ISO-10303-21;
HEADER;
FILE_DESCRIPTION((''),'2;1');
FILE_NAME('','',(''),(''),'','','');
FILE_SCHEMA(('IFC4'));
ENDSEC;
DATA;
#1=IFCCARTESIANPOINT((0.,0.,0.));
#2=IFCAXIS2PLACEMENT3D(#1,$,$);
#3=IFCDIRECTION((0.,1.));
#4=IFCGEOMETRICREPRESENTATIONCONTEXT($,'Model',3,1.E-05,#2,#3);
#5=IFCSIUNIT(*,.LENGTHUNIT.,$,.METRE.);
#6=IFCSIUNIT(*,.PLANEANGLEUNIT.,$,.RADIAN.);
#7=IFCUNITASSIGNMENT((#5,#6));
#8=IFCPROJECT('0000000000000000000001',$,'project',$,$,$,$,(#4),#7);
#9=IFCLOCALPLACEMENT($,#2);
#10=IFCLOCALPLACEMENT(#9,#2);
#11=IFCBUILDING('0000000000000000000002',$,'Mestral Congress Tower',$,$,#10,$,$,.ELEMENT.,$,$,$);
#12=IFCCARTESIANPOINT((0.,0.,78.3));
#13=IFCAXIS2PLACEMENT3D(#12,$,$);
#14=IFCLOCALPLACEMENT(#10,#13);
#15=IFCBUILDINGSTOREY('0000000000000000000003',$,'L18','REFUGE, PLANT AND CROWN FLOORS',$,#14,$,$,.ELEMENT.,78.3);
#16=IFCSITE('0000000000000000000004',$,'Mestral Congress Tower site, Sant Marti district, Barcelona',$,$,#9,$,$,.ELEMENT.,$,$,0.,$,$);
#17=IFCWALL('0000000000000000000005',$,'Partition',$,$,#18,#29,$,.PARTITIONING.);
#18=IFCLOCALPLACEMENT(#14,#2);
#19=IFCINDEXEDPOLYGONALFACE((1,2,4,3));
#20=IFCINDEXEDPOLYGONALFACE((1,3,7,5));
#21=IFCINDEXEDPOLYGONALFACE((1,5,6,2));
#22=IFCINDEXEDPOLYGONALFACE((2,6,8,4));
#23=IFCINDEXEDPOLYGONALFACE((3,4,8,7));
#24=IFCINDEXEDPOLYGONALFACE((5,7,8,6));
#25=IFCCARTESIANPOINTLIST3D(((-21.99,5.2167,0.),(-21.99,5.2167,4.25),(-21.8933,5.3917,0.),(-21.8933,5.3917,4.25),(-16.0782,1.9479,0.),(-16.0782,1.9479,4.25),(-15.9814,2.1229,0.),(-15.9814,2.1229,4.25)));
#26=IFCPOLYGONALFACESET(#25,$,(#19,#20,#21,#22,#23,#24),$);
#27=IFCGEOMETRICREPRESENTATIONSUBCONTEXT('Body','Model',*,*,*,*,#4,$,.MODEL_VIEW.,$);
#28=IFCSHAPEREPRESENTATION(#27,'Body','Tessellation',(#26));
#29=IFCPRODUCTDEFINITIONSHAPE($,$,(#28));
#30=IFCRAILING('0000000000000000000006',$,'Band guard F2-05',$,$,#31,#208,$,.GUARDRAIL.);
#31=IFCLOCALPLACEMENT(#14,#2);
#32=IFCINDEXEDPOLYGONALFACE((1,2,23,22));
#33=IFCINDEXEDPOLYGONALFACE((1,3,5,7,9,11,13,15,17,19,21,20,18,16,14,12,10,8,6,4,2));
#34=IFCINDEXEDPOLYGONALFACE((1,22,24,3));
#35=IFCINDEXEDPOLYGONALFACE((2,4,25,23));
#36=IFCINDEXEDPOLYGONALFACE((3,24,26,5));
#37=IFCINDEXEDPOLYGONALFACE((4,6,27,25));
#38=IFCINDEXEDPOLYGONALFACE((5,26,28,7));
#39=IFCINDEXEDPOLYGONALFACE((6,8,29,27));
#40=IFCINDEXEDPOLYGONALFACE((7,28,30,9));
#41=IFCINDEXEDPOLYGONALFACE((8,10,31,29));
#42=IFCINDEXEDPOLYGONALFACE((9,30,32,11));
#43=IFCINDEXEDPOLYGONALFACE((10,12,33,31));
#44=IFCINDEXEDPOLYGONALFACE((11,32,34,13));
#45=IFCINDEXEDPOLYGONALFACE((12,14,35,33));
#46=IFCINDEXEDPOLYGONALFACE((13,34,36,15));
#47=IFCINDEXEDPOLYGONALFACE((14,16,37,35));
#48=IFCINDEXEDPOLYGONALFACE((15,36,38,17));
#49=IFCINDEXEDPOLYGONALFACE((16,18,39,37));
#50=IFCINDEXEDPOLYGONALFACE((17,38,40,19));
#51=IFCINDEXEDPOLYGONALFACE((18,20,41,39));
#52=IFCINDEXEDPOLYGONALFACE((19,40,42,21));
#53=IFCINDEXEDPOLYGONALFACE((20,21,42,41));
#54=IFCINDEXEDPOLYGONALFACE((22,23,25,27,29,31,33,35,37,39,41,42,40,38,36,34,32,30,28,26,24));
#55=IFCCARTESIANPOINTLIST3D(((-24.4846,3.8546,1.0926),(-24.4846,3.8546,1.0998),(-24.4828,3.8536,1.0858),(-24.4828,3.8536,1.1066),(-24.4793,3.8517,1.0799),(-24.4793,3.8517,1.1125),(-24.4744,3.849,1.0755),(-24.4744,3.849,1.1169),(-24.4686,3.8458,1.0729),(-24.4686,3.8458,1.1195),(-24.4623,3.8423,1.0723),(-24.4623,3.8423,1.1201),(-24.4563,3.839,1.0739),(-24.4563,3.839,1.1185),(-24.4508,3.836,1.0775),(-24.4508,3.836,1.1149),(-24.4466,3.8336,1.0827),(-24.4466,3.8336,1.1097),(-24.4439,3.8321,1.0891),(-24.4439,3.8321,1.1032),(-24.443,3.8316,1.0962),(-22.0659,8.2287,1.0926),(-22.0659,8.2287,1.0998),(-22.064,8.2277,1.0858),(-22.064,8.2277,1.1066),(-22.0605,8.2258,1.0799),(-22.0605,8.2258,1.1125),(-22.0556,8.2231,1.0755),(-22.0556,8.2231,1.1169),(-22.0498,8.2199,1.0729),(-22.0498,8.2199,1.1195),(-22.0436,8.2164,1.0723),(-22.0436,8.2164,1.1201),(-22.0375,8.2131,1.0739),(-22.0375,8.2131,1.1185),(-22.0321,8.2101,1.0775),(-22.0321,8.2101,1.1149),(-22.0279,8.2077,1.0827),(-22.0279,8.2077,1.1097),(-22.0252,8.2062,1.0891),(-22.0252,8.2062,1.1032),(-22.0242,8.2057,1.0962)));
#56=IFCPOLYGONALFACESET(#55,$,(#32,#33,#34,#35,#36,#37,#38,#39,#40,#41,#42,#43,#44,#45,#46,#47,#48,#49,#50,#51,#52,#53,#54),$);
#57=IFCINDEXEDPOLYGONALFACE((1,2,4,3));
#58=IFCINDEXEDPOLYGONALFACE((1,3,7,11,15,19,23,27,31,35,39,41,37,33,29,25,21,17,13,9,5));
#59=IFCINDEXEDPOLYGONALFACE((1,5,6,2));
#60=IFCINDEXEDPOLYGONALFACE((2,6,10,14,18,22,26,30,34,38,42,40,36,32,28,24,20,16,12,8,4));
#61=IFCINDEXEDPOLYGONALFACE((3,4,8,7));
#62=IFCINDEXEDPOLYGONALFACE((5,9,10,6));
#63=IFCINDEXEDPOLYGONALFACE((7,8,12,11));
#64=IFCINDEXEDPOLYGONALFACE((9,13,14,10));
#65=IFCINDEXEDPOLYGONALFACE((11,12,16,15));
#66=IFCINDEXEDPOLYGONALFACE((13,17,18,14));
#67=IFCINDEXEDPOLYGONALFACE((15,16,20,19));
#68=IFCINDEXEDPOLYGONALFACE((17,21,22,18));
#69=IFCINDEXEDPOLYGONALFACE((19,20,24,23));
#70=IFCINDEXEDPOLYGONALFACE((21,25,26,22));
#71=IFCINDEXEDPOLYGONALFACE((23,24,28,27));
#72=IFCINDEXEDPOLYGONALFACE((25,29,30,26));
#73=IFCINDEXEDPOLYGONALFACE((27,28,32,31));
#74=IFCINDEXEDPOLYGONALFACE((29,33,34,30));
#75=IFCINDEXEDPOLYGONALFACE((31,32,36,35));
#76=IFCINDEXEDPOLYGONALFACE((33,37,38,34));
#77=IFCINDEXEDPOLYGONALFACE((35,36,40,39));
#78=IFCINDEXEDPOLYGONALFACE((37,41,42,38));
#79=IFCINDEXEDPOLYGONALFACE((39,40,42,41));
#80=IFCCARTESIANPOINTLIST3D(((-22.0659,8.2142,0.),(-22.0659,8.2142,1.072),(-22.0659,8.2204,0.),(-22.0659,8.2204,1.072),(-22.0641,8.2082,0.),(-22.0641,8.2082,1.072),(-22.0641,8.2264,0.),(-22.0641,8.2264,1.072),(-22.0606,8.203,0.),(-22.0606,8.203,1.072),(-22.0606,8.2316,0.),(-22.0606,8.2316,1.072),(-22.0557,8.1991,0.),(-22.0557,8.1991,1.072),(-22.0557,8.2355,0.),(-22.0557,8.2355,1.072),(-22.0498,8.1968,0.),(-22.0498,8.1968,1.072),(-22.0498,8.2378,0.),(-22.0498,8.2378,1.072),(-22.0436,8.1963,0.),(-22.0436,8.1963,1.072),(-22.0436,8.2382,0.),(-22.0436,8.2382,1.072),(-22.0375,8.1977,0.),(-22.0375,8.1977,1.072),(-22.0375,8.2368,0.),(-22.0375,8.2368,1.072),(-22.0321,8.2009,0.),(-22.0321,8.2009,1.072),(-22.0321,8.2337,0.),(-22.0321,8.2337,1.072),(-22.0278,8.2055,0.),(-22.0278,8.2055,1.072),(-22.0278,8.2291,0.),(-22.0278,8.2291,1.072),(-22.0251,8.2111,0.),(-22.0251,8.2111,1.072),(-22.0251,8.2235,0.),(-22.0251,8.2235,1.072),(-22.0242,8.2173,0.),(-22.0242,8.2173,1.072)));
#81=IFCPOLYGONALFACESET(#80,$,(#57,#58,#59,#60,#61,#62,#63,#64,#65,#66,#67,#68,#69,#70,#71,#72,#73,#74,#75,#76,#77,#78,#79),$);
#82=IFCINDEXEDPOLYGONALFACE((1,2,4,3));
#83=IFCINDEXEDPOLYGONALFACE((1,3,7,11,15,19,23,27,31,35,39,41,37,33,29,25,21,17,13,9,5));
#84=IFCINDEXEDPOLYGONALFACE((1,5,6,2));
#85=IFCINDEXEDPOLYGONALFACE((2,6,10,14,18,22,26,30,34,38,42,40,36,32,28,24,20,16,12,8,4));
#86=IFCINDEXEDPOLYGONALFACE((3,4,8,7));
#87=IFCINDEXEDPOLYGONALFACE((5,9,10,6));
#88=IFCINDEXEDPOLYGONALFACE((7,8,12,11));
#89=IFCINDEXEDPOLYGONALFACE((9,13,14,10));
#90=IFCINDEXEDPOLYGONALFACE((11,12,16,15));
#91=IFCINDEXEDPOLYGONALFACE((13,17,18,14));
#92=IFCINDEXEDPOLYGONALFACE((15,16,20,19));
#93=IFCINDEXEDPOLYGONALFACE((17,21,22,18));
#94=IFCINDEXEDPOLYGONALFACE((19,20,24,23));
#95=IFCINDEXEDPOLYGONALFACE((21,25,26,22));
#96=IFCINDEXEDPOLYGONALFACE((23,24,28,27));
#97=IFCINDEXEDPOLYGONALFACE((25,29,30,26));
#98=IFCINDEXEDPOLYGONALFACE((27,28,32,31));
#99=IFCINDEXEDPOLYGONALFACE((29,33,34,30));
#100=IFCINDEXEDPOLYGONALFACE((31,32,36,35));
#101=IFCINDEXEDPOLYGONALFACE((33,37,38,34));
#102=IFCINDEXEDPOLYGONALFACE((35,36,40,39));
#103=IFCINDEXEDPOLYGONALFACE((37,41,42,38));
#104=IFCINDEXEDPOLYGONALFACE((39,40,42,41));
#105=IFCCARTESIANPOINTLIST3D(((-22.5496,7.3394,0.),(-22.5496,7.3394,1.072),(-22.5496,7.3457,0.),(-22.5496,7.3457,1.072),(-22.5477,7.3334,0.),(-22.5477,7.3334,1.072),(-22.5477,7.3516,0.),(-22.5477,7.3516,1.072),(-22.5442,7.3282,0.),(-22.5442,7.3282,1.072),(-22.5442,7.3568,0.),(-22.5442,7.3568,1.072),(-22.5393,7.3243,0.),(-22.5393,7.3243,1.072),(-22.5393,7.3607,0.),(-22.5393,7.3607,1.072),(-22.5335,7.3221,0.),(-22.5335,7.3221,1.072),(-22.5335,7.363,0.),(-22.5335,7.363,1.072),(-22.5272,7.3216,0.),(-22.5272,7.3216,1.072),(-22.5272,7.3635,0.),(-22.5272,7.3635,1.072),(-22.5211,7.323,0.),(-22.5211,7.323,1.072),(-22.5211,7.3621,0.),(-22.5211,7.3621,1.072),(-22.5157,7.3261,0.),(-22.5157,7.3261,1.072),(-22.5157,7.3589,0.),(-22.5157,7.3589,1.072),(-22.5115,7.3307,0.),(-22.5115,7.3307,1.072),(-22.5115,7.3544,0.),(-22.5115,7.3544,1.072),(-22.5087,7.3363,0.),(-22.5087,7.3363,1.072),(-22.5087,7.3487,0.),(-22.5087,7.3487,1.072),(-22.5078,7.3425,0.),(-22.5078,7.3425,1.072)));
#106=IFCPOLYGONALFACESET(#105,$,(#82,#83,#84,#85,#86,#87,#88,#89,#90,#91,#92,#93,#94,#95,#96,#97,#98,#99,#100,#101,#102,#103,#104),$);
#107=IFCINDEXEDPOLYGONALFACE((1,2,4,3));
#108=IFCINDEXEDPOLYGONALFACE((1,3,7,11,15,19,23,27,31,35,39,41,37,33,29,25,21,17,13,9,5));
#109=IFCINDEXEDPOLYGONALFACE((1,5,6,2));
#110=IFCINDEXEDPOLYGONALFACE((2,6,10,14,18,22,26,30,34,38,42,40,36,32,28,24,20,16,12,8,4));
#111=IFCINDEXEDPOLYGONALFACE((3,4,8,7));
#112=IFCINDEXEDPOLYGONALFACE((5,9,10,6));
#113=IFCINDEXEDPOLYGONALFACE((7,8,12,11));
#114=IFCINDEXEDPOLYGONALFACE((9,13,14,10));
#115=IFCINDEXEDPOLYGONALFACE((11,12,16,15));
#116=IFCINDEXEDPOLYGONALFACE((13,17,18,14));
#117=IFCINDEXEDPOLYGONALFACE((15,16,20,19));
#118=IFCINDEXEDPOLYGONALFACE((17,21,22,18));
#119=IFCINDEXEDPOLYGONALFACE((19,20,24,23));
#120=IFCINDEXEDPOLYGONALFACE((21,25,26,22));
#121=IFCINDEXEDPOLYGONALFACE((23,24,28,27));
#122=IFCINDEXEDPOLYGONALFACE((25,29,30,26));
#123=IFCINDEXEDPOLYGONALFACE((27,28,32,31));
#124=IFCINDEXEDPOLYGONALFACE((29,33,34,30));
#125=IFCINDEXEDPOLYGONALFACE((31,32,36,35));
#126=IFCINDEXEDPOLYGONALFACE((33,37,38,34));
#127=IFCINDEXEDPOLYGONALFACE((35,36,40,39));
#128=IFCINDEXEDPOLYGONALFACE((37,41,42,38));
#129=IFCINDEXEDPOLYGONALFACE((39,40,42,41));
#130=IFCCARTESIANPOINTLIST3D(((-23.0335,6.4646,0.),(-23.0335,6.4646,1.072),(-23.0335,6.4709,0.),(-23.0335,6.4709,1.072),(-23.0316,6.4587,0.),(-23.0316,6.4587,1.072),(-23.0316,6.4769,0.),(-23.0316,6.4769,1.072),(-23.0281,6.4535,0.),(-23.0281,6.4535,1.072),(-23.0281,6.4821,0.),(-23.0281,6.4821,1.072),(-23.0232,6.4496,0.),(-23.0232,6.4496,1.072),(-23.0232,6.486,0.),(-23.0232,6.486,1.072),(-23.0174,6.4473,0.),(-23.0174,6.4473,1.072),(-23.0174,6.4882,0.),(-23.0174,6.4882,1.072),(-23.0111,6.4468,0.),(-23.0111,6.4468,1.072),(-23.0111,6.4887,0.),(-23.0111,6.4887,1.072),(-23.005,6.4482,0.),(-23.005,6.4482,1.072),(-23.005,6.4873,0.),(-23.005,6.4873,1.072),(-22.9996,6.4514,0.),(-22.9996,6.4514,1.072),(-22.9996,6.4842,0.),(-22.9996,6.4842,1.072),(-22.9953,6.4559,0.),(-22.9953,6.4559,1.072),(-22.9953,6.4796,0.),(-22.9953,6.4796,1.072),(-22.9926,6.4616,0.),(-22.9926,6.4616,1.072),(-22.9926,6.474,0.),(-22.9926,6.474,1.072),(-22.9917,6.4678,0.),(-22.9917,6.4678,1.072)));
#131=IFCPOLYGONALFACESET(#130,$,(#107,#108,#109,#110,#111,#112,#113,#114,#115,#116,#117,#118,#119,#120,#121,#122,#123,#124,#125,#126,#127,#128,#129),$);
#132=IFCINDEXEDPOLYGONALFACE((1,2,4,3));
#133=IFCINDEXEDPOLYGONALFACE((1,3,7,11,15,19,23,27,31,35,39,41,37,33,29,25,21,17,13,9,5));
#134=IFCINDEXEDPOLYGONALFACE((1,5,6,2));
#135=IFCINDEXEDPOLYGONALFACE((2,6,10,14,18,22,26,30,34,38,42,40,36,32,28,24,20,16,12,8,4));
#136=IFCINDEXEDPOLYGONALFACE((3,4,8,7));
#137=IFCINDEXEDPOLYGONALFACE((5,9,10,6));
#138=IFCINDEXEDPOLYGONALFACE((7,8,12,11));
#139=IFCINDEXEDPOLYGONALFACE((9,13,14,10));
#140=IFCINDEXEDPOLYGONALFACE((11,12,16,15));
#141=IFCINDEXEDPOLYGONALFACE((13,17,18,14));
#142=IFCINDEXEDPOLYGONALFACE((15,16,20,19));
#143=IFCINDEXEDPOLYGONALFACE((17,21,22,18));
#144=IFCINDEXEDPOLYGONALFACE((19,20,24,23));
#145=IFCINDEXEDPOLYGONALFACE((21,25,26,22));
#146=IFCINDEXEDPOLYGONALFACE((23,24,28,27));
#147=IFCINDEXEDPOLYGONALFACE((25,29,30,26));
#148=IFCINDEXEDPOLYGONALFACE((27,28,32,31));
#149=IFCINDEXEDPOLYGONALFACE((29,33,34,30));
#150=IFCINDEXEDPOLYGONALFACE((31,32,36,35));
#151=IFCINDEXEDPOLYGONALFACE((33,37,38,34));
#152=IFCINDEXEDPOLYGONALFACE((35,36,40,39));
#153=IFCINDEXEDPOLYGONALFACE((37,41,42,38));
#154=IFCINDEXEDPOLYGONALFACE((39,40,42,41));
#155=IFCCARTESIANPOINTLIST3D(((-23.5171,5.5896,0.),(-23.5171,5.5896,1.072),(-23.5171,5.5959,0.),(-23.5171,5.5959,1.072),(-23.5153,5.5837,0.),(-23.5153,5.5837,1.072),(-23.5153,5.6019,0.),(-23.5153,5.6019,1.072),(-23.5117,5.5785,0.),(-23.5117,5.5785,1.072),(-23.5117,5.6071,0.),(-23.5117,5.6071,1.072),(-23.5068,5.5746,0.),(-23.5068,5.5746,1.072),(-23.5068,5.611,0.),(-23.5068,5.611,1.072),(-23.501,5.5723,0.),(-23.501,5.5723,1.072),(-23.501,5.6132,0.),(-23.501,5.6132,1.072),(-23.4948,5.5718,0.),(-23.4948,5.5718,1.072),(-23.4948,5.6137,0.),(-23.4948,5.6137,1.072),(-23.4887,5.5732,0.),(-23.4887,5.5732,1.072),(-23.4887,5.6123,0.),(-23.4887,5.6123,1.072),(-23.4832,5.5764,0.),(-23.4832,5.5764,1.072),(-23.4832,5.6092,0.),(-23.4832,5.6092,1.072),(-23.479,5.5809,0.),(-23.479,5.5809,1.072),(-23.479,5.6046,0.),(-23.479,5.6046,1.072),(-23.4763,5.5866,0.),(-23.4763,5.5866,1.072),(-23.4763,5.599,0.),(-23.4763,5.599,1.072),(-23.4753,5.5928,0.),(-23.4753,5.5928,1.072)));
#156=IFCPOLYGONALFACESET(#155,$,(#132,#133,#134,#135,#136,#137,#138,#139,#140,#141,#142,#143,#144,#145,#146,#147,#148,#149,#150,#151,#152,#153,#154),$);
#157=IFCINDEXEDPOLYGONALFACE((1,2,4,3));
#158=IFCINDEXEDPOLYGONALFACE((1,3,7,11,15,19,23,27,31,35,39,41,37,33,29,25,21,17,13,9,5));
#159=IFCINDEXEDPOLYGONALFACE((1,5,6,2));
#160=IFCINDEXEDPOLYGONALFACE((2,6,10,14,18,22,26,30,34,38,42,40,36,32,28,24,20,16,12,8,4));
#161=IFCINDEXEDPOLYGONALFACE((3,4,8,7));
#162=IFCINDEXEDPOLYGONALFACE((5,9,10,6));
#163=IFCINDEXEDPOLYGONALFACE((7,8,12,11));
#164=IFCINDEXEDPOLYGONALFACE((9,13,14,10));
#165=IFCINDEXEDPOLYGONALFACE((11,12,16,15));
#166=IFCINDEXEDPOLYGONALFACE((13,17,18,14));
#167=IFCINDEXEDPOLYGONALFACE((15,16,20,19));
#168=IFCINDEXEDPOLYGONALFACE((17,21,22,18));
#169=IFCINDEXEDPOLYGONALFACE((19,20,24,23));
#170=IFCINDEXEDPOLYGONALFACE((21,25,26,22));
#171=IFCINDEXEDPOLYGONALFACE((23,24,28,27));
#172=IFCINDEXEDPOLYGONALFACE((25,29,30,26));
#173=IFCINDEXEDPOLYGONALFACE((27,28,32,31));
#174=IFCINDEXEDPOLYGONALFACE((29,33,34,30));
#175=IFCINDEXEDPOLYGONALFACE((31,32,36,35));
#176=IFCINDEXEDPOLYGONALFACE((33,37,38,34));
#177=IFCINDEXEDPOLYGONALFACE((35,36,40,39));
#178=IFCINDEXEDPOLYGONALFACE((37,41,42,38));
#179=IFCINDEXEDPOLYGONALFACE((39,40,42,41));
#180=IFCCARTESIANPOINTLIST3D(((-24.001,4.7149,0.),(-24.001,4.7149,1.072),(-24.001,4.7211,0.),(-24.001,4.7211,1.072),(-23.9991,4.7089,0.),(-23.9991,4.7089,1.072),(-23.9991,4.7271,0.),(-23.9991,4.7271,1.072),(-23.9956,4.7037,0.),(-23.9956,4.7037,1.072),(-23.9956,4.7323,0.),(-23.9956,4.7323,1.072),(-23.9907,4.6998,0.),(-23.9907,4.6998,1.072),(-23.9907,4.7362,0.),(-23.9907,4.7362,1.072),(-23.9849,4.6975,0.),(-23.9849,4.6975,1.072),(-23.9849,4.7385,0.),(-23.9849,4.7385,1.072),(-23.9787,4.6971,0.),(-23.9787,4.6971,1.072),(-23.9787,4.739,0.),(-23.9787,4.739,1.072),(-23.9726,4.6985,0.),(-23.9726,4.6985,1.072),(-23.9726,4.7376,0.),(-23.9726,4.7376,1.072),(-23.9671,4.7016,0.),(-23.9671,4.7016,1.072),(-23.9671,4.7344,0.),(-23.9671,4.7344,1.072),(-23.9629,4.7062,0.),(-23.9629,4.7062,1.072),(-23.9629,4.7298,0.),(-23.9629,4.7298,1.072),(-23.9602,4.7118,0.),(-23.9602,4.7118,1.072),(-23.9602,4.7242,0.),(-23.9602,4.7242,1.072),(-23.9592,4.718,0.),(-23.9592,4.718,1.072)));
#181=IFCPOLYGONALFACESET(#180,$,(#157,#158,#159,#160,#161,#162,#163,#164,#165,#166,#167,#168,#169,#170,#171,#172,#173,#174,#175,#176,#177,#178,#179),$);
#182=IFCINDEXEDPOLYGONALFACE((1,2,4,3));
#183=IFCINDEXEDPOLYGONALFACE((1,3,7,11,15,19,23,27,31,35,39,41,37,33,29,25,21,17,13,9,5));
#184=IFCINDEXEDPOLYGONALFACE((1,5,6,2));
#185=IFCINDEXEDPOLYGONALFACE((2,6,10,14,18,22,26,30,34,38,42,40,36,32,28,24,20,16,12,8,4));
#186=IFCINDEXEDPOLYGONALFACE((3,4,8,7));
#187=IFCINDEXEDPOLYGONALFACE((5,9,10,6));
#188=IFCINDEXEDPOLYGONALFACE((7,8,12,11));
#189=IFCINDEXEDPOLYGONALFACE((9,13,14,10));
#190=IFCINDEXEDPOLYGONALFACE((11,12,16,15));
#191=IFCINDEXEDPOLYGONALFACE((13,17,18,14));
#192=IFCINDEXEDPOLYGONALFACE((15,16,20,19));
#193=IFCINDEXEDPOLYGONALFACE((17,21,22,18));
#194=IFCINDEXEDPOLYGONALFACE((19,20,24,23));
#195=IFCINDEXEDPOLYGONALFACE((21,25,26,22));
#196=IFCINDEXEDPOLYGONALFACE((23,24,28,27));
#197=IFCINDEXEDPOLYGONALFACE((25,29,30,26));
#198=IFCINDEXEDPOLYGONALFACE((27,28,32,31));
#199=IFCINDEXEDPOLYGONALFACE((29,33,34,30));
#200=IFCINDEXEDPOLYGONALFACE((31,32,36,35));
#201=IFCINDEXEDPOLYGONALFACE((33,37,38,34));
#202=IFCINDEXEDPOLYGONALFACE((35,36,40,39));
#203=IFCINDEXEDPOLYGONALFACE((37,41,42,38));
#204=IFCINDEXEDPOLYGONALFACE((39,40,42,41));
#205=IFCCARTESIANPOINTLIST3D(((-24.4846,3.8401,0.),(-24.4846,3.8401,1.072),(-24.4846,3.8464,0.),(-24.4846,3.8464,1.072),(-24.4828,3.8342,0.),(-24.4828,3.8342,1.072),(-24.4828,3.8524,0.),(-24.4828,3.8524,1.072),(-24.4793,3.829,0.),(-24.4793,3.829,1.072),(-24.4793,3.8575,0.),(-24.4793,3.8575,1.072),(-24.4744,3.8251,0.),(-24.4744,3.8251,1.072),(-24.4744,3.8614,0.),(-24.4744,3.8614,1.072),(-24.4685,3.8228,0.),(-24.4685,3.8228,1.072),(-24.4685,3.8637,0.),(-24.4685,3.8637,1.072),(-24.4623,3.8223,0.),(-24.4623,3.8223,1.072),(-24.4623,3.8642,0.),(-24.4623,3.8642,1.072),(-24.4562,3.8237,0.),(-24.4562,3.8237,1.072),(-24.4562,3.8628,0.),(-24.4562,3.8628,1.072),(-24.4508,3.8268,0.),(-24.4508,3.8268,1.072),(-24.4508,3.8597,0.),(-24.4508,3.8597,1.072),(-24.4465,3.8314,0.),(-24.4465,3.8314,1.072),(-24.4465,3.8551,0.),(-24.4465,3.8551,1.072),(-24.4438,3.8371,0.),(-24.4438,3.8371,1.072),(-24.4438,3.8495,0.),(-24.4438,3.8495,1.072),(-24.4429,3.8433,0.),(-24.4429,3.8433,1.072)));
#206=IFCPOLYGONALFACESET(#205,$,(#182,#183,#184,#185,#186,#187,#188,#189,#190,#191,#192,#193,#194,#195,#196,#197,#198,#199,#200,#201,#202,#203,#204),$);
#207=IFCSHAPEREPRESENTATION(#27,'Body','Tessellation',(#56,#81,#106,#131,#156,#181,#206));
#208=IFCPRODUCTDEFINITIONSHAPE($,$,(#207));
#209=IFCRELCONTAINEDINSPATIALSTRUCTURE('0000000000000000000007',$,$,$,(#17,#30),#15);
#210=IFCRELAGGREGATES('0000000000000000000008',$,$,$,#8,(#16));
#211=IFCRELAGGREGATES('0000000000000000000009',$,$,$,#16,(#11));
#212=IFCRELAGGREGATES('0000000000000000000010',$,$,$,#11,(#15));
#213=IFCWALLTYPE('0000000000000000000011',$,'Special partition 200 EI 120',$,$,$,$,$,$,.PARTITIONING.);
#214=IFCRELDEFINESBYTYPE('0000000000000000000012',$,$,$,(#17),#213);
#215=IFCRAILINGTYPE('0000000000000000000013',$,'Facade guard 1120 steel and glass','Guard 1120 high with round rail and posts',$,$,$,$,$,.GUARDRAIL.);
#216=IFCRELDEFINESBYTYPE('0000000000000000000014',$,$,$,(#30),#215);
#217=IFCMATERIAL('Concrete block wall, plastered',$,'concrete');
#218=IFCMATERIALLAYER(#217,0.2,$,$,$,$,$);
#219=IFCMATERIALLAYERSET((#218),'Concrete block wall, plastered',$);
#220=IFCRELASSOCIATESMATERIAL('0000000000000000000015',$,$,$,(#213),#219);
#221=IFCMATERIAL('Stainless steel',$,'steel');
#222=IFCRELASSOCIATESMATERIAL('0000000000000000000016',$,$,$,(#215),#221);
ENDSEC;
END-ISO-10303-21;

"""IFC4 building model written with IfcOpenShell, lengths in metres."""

from ifc_helpers import new_model, si_unit, direction, frame, frame_2d, origin, origin_2d, place, context, subcontext, project, spatial, rectangle, circle, extrude, material, layer, layer_set, type_object, element, save


model = new_model("IFC4")

# Units and contexts
model_context = context("Model", 3, precision=1e-05, world=origin(), true_north=direction((0.0, 1.0)))
body_context = subcontext(model_context, "Body", "Model", "MODEL_VIEW")
ifc_project = project(units=[si_unit("LENGTHUNIT", "METRE"), si_unit("PLANEANGLEUNIT", "RADIAN")], contexts=[model_context])

# Site, building, storey
site_placement = place(None, origin())
site = spatial("IfcSite", under=ifc_project, at=site_placement, Name="Mestral Congress Tower site, Sant Marti district, Barcelona", CompositionType="ELEMENT", RefElevation=0.0)
building_placement = place(site_placement, origin())
building = spatial("IfcBuilding", under=site, at=building_placement, Name="Mestral Congress Tower", CompositionType="ELEMENT")
storey_placement = place(building_placement, frame((0.0, 0.0, 78.3)))
storey = spatial("IfcBuildingStorey", under=building, at=storey_placement, Name="L18", Description="REFUGE, PLANT AND CROWN FLOORS", CompositionType="ELEMENT", Elevation=78.3)

# Wall
ifc_material_1 = material(Name="Concrete block wall, plastered", Category="concrete")
ifc_layer_1 = layer(ifc_material_1, 0.2)
ifc_layer_set_1 = layer_set([ifc_layer_1], Name="Concrete block wall, plastered")
wall_type = type_object("IfcWallType", Name="Special partition 200 EI 120", PredefinedType="PARTITIONING", material=ifc_layer_set_1)
wall_placement = place(storey_placement, frame((-21.9417, 5.3042, 0.0), z_axis=(0.0, 0.0, 1.0), x_axis=(0.875134, -0.483881, 0.0)))
element("IfcWall", 1, at=wall_placement, inside=storey, type_object=wall_type, Name="Partition", PredefinedType="PARTITIONING", context=body_context, shape_type="SweptSolid", body=[
    extrude(rectangle(XDim=6.7554, YDim=0.2, at=frame_2d((3.3777, 0.0))), origin(), (0.0, 0.0, 1.0), 4.25),
])

# Railing
ifc_material_2 = material(Name="Stainless steel", Category="steel")
railing_type = type_object("IfcRailingType", Name="Facade guard 1120 steel and glass", Description="Guard 1120 high with round rail and posts", PredefinedType="GUARDRAIL", material=ifc_material_2)
railing_placement = place(storey_placement, frame((-22.0452, 8.2173, 0.0)))
element("IfcRailing", 2, at=railing_placement, inside=storey, type_object=railing_type, Name="Band guard F2-05", PredefinedType="GUARDRAIL", context=body_context, shape_type="SweptSolid", body=[
    extrude(circle(Radius=0.0239, at=origin_2d()), frame((0.0, 0.0, 1.0962), z_axis=(-0.483913, -0.875116, 0.0), x_axis=(0.875116, -0.483913, 0.0)), (0.0, 0.0, 1.0), 4.9983),
    extrude(circle(Radius=0.021, at=origin_2d()), origin(), (0.0, 0.0, 1.0), 1.072),
    extrude(circle(Radius=0.021, at=origin_2d()), frame((-0.4836, -0.8748, 0.0)), (0.0, 0.0, 1.0), 1.072),
    extrude(circle(Radius=0.021, at=origin_2d()), frame((-0.9675, -1.7495, 0.0)), (0.0, 0.0, 1.0), 1.072),
    extrude(circle(Radius=0.021, at=origin_2d()), frame((-1.4512, -2.6245, 0.0)), (0.0, 0.0, 1.0), 1.072),
    extrude(circle(Radius=0.021, at=origin_2d()), frame((-1.9351, -3.4993, 0.0)), (0.0, 0.0, 1.0), 1.072),
    extrude(circle(Radius=0.021, at=origin_2d()), frame((-2.4187, -4.374, 0.0)), (0.0, 0.0, 1.0), 1.072),
])

save(model, "model.ifc")
